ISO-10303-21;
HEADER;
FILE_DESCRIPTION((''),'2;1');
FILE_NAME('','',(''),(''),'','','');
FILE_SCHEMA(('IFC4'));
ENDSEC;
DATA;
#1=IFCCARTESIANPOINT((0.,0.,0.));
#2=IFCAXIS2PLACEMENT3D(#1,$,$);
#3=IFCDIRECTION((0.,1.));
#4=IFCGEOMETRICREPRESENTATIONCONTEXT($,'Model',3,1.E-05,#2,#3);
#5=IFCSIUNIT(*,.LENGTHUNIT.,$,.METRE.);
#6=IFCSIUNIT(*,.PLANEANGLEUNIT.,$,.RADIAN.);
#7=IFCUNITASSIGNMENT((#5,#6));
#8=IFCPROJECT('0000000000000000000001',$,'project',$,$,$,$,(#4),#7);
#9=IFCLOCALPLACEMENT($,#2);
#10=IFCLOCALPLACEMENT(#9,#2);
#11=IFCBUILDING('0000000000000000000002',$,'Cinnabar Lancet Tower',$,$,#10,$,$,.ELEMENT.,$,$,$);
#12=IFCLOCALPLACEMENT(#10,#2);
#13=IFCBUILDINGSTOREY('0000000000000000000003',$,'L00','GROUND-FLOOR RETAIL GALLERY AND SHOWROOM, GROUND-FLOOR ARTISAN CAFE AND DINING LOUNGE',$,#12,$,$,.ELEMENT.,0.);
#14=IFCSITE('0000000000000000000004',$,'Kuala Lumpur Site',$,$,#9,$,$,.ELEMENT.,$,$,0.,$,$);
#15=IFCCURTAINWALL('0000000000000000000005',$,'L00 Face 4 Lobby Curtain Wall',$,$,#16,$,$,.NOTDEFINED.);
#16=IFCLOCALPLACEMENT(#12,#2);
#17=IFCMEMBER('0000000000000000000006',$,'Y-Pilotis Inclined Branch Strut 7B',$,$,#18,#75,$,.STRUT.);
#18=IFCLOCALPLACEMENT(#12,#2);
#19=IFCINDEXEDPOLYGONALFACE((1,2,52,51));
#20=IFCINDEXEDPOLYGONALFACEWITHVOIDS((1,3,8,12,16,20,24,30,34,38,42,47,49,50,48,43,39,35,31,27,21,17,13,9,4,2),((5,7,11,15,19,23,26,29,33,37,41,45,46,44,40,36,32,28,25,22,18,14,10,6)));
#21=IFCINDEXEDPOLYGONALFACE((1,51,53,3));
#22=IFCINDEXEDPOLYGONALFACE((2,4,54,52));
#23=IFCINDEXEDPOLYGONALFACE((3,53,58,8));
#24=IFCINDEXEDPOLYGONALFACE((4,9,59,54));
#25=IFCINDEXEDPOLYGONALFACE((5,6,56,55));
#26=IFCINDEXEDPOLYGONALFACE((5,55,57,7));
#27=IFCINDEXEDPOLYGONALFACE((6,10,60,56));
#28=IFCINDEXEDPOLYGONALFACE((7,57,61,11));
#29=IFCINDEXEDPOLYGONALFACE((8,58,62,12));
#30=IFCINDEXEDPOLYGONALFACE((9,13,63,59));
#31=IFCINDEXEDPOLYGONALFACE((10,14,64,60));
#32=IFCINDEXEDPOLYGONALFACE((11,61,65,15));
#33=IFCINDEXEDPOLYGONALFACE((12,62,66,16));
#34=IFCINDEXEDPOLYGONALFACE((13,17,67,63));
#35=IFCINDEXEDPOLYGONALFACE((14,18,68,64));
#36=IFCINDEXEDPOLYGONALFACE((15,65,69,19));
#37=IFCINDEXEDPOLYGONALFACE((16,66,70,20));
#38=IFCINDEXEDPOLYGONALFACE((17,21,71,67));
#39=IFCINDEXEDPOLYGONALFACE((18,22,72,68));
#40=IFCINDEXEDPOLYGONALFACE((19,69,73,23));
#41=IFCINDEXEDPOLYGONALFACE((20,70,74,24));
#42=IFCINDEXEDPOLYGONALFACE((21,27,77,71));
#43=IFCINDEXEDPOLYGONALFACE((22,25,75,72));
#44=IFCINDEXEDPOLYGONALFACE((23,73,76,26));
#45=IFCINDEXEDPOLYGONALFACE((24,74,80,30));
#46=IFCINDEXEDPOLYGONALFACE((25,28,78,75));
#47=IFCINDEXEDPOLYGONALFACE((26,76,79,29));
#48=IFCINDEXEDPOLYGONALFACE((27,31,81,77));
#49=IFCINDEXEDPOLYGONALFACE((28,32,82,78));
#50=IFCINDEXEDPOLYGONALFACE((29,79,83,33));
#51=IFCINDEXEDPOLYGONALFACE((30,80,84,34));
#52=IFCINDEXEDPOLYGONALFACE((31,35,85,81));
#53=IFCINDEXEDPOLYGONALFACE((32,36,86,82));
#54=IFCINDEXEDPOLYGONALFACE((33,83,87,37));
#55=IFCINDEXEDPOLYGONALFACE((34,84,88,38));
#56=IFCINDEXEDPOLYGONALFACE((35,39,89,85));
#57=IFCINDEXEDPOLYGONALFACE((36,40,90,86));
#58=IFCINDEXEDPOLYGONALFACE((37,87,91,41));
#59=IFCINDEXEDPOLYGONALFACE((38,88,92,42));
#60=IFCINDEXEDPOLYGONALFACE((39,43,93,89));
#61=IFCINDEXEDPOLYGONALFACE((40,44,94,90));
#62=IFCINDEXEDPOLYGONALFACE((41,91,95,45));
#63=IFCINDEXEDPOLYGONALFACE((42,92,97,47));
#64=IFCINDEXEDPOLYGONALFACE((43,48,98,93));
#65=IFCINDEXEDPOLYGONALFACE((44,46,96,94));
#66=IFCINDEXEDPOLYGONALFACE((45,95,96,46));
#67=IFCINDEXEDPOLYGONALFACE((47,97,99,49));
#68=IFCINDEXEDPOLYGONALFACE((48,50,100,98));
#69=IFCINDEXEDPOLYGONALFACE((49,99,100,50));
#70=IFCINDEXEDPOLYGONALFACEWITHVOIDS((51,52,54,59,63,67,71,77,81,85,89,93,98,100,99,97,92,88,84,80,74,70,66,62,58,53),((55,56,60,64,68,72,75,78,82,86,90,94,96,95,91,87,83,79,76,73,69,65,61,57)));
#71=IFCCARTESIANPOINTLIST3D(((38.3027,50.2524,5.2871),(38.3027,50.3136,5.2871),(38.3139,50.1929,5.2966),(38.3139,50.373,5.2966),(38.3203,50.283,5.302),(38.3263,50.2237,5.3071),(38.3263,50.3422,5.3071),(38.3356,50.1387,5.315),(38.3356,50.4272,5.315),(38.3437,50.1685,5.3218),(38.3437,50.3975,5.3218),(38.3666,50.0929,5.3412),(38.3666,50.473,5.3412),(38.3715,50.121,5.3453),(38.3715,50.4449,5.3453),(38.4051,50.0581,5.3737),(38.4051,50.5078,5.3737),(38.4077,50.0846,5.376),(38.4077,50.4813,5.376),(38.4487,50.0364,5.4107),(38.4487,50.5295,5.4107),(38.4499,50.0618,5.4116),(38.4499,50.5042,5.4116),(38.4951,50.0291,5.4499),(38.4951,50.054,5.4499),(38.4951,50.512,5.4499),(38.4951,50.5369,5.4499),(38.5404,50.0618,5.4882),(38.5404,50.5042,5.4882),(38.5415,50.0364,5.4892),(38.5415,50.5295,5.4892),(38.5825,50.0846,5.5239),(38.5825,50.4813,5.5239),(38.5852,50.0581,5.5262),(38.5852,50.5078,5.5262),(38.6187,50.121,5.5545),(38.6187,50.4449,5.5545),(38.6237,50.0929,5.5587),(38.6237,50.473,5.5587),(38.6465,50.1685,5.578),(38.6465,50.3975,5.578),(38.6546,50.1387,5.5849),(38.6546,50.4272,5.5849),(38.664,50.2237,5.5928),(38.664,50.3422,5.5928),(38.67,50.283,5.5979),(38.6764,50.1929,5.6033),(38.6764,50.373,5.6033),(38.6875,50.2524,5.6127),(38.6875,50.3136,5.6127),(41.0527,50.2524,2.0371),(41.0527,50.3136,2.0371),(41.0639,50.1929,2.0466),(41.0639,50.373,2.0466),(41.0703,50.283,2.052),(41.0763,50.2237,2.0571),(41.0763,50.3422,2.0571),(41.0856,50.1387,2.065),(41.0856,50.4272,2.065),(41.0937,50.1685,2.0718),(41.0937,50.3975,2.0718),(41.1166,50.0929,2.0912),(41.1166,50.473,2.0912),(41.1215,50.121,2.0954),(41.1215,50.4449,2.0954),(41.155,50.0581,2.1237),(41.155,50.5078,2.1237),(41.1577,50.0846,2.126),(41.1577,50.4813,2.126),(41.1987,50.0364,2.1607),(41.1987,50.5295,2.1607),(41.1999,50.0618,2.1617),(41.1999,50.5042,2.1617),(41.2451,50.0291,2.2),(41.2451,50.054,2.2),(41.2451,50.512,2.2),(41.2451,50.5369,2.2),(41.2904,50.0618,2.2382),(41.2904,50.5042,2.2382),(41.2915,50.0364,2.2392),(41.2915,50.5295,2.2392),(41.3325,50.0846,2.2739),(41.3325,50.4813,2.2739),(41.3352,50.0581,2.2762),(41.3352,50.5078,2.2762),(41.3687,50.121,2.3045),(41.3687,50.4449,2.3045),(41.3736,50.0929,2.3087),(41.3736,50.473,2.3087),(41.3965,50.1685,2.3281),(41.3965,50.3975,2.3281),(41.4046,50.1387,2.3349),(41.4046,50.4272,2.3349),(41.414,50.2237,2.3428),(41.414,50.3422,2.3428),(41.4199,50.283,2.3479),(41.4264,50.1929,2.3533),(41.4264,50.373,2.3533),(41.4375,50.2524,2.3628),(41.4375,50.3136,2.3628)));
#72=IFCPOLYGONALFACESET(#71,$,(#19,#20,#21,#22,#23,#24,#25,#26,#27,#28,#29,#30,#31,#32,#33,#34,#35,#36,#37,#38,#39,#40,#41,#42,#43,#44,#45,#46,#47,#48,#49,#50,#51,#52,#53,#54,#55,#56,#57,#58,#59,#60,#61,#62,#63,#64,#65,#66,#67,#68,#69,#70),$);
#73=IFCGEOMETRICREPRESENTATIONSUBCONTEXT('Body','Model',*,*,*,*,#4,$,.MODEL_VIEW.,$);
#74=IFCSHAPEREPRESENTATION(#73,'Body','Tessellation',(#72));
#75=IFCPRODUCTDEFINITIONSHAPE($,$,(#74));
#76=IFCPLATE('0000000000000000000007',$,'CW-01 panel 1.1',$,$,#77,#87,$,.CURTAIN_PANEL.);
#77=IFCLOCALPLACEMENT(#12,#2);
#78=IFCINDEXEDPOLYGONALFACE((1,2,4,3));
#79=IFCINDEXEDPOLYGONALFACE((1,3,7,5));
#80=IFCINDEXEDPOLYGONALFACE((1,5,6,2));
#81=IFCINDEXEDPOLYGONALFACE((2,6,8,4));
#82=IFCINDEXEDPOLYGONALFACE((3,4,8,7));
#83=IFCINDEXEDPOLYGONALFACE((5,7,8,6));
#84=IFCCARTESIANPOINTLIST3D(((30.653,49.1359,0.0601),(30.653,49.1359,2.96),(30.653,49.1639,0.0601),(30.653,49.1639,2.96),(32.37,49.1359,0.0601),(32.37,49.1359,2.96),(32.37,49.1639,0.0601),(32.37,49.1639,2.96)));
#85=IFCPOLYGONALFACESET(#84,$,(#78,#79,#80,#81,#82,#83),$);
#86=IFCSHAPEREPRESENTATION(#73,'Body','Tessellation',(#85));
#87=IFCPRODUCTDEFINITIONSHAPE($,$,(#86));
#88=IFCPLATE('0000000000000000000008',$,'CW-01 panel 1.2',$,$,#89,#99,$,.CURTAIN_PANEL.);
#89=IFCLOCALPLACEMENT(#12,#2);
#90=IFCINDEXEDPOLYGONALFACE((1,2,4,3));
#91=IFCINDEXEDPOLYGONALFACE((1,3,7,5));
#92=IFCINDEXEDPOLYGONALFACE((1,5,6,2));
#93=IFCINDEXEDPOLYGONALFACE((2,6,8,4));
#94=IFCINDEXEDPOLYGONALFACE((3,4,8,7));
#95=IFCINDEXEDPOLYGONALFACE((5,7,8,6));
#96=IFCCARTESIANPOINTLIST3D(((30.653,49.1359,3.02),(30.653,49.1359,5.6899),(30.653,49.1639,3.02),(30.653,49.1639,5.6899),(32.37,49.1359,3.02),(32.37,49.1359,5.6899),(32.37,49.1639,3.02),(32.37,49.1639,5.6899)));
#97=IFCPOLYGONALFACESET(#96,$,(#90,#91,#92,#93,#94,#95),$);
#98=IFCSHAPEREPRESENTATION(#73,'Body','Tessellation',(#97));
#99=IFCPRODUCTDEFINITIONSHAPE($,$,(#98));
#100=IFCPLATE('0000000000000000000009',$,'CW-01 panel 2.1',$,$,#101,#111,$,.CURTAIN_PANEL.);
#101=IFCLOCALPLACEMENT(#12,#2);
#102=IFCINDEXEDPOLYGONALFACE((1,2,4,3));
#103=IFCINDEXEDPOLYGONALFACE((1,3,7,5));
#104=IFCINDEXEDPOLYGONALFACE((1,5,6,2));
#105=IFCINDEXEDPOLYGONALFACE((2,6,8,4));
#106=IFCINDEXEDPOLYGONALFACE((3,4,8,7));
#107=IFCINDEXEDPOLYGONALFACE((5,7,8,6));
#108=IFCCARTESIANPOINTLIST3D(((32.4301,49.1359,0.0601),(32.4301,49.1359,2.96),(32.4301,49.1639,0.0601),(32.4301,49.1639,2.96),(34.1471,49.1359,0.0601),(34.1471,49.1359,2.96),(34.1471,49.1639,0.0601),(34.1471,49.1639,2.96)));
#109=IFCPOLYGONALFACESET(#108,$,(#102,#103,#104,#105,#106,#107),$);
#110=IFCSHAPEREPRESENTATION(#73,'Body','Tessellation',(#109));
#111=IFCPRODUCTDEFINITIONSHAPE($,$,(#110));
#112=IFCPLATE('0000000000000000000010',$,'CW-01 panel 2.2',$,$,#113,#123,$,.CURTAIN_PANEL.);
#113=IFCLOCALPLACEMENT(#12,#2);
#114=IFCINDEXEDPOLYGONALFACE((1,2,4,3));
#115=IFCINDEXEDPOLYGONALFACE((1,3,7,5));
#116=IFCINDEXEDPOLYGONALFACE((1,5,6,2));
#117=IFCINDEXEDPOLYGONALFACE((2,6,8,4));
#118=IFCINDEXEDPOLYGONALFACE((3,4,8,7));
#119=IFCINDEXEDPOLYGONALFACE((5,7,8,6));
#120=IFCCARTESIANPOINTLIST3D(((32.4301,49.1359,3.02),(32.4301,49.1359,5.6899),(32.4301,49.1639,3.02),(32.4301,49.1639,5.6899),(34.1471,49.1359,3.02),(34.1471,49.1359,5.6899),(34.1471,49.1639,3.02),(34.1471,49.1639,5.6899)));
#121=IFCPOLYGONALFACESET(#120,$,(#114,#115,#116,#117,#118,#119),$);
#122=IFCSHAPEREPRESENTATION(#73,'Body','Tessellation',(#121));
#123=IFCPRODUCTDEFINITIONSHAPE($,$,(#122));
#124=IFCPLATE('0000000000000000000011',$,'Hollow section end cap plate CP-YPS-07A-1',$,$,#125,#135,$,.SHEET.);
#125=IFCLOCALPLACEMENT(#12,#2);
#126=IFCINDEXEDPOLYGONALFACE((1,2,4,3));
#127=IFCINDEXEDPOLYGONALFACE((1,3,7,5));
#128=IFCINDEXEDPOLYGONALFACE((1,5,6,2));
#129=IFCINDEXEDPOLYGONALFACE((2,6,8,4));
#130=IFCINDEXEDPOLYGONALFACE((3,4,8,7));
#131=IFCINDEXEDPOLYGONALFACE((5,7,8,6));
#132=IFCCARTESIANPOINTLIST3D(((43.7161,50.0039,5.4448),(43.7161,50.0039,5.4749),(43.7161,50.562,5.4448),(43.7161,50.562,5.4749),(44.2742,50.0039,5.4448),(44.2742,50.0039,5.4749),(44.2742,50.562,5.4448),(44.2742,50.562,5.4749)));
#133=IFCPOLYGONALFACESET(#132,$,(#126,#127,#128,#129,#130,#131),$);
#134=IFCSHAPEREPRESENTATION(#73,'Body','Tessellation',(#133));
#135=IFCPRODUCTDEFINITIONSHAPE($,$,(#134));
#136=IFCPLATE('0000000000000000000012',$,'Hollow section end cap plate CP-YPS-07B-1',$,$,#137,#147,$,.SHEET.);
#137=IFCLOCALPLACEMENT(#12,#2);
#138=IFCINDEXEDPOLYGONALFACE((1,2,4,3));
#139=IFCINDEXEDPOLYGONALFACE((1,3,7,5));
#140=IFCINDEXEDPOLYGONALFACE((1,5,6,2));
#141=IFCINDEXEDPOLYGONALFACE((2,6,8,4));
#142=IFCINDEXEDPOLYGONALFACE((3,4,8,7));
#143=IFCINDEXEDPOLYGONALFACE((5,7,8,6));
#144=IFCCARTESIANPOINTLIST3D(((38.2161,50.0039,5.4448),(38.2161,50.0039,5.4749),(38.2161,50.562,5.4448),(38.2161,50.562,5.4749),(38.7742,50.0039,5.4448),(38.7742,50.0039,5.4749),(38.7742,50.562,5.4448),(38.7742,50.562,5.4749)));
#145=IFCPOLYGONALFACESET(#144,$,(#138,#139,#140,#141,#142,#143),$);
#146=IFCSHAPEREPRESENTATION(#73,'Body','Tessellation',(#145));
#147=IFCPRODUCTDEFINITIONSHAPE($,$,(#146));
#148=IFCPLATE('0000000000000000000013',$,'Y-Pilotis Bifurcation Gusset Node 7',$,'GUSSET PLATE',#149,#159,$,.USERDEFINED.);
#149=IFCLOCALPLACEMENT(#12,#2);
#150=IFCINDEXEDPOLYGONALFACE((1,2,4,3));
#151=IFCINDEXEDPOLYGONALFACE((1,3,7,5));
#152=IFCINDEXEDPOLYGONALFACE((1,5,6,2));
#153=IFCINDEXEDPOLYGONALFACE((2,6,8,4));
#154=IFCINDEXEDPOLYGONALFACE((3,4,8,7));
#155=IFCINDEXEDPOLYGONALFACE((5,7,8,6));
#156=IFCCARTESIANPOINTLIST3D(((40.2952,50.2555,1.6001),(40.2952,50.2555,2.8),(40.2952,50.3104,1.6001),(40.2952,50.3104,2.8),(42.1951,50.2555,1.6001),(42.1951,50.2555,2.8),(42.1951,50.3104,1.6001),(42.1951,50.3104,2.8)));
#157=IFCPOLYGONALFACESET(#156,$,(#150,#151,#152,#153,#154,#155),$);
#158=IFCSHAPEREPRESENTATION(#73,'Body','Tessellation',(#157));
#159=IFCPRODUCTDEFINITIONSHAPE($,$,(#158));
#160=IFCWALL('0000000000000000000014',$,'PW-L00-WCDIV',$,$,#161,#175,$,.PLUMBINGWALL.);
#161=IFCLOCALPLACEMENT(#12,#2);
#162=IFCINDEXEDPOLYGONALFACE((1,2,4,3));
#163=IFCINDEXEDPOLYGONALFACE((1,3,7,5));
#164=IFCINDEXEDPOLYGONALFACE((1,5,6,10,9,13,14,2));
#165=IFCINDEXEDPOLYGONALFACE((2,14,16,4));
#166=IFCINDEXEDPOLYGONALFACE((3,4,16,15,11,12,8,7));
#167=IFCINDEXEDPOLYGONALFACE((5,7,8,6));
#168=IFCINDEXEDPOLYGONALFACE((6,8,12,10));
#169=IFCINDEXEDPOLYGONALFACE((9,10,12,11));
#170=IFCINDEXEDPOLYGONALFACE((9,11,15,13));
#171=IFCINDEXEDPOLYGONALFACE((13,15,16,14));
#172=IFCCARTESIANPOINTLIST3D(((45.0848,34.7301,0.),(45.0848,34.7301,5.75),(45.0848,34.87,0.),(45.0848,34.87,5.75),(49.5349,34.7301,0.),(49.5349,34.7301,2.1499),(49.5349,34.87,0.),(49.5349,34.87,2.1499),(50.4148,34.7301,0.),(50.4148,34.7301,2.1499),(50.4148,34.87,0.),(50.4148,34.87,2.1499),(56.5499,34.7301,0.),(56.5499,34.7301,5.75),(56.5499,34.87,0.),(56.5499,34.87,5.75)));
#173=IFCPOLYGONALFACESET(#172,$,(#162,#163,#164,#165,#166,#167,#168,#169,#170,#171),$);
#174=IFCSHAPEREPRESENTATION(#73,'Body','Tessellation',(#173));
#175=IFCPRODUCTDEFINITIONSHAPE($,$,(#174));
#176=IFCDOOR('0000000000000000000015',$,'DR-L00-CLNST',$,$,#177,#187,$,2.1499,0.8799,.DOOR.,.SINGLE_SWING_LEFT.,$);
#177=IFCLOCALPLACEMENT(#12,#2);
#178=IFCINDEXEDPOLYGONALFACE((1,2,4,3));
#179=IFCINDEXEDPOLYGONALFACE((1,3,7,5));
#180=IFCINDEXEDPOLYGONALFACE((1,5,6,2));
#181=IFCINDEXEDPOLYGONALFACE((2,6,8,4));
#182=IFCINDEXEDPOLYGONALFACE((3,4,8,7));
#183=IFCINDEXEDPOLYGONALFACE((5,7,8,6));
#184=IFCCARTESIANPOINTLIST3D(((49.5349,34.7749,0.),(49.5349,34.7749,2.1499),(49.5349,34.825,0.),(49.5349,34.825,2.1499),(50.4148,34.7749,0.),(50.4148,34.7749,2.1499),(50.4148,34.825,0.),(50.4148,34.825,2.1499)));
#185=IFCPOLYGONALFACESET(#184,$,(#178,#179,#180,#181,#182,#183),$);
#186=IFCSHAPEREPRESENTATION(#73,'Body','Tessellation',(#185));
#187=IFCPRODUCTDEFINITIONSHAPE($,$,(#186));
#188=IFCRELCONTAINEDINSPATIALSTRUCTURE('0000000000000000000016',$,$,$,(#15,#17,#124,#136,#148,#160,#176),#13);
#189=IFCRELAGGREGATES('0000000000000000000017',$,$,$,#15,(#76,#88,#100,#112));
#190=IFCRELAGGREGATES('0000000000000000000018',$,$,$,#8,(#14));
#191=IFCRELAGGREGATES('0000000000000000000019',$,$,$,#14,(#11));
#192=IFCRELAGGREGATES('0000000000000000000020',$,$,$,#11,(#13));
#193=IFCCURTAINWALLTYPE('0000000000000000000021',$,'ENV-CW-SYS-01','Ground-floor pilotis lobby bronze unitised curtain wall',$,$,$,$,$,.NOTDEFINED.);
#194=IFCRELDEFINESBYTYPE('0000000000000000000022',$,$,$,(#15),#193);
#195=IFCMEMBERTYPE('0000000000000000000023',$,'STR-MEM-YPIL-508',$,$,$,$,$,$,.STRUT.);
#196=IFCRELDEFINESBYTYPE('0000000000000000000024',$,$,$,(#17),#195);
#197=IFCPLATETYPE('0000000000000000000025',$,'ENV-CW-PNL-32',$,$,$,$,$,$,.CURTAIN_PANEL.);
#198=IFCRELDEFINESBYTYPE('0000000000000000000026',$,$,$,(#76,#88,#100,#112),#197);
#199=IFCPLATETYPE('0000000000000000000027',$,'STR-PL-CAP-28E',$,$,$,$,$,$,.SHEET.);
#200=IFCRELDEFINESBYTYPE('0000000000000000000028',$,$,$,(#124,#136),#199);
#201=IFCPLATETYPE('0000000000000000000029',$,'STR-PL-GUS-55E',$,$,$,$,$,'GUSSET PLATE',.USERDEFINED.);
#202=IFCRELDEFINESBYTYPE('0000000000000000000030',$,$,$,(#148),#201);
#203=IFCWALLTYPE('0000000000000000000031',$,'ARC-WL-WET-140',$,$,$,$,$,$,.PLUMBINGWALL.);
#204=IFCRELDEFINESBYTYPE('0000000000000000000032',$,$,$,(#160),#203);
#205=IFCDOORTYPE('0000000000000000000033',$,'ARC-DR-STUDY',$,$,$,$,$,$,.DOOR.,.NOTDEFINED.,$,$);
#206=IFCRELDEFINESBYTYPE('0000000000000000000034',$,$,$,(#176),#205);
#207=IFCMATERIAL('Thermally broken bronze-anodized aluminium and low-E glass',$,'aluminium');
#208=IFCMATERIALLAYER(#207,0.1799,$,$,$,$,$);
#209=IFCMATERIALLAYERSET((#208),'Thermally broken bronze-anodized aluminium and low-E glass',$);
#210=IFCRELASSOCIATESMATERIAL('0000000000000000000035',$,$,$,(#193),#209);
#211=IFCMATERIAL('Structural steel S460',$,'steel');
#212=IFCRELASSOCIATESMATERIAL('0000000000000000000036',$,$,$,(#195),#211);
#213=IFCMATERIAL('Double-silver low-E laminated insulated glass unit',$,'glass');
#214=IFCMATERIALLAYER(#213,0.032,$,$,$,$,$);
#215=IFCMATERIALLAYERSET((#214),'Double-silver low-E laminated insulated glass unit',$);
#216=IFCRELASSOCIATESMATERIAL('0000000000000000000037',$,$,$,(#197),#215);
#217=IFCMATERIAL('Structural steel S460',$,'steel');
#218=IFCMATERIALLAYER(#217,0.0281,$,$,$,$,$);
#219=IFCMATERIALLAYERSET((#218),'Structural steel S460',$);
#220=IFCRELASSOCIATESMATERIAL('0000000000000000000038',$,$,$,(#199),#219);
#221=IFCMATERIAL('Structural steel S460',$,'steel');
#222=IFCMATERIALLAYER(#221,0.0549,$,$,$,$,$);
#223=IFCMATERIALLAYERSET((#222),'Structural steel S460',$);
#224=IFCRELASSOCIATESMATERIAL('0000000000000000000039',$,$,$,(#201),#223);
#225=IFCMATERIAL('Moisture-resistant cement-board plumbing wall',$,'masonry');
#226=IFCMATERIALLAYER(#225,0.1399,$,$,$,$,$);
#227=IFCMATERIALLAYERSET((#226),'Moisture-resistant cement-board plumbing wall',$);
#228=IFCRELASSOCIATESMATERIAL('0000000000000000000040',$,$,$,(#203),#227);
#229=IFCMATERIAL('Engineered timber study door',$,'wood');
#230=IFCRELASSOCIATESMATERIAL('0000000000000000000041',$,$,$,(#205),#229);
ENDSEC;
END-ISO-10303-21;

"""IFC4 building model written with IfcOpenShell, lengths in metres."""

from ifc_helpers import new_model, si_unit, direction, frame, frame_2d, origin, origin_2d, place, context, subcontext, project, spatial, rectangle, hollow_circle, extrude, material, layer, layer_set, material_profile, profile_set, type_object, element, fill, aggregate, save


model = new_model("IFC4")

# Units and contexts
model_context = context("Model", 3, precision=1e-05, world=origin(), true_north=direction((0.0, 1.0)))
body_context = subcontext(model_context, "Body", "Model", "MODEL_VIEW")
ifc_project = project(units=[si_unit("LENGTHUNIT", "METRE"), si_unit("PLANEANGLEUNIT", "RADIAN")], contexts=[model_context])

# Site, building, storey
site_placement = place(None, origin())
site = spatial("IfcSite", under=ifc_project, at=site_placement, Name="Kuala Lumpur Site", CompositionType="ELEMENT", RefElevation=0.0)
building_placement = place(site_placement, origin())
building = spatial("IfcBuilding", under=site, at=building_placement, Name="Cinnabar Lancet Tower", CompositionType="ELEMENT")
storey_placement = place(building_placement, origin())
storey = spatial("IfcBuildingStorey", under=building, at=storey_placement, Name="L00", Description="GROUND-FLOOR RETAIL GALLERY AND SHOWROOM, GROUND-FLOOR ARTISAN CAFE AND DINING LOUNGE", CompositionType="ELEMENT", Elevation=0.0)

# Curtain wall
ifc_material_1 = material(Name="Thermally broken bronze-anodized aluminium and low-E glass", Category="aluminium")
ifc_layer_1 = layer(ifc_material_1, 0.1799)
ifc_layer_set_1 = layer_set([ifc_layer_1], Name="Thermally broken bronze-anodized aluminium and low-E glass")
curtain_wall_type = type_object("IfcCurtainWallType", Name="ENV-CW-SYS-01", Description="Ground-floor pilotis lobby bronze unitised curtain wall", PredefinedType="NOTDEFINED", material=ifc_layer_set_1)
curtain_wall_placement = place(storey_placement, origin())
curtain_wall = element("IfcCurtainWall", 1, at=curtain_wall_placement, inside=storey, type_object=curtain_wall_type, Name="L00 Face 4 Lobby Curtain Wall", PredefinedType="NOTDEFINED")

# Member
ifc_material_2 = material(Name="Structural steel S460", Category="steel")
ifc_material_profile_1 = material_profile(ifc_material_2, hollow_circle(Radius=0.2539, WallThickness=0.0249, at=origin_2d()), Name="CHS 508x25")
ifc_profile_set_1 = profile_set([ifc_material_profile_1], Name="Structural steel S460")
member_type_1 = type_object("IfcMemberType", Name="STR-MEM-YPIL-508", PredefinedType="STRUT", material=ifc_profile_set_1)
for number, where, z_axis, x_axis, name in (
    (2, (41.2451, 50.283, 2.2), (-0.645942, 0.0, 0.763386), (0.0, -1.0, 0.0), "Y-Pilotis Inclined Branch Strut 7B"),
):
    element("IfcMember", number, at=place(storey_placement, frame(where, z_axis=z_axis, x_axis=x_axis)), inside=storey, type_object=member_type_1, Name=name, PredefinedType="STRUT", context=body_context, shape_type="SweptSolid", body=[
        extrude(hollow_circle(Radius=0.2539, WallThickness=0.0249, at=origin_2d()), origin(), (0.0, 0.0, 1.0), 4.2573),
    ])

# Plates
ifc_material_3 = material(Name="Double-silver low-E laminated insulated glass unit", Category="glass")
ifc_layer_2 = layer(ifc_material_3, 0.032)
ifc_layer_set_2 = layer_set([ifc_layer_2], Name="Double-silver low-E laminated insulated glass unit")
plate_type_1 = type_object("IfcPlateType", Name="ENV-CW-PNL-32", PredefinedType="CURTAIN_PANEL", material=ifc_layer_set_2)
plate_1_placement = place(storey_placement, frame((31.5115, 49.1499, 0.0601), z_axis=(0.0, 0.0, 1.0), x_axis=(1.0, 0.0, 0.0)))
plate_1 = element("IfcPlate", 3, at=plate_1_placement, type_object=plate_type_1, Name="CW-01 panel 1.1", PredefinedType="CURTAIN_PANEL", context=body_context, shape_type="SweptSolid", body=[
    extrude(rectangle(XDim=1.717, YDim=0.0281, at=origin_2d()), origin(), (0.0, 0.0, 1.0), 2.8999),
])
plate_2_placement = place(storey_placement, frame((31.5115, 49.1499, 3.02), z_axis=(0.0, 0.0, 1.0), x_axis=(1.0, 0.0, 0.0)))
plate_2 = element("IfcPlate", 4, at=plate_2_placement, type_object=plate_type_1, Name="CW-01 panel 1.2", PredefinedType="CURTAIN_PANEL", context=body_context, shape_type="SweptSolid", body=[
    extrude(rectangle(XDim=1.717, YDim=0.0281, at=origin_2d()), origin(), (0.0, 0.0, 1.0), 2.6699),
])
plate_3_placement = place(storey_placement, frame((33.2886, 49.1499, 0.0601), z_axis=(0.0, 0.0, 1.0), x_axis=(1.0, 0.0, 0.0)))
plate_3 = element("IfcPlate", 5, at=plate_3_placement, type_object=plate_type_1, Name="CW-01 panel 2.1", PredefinedType="CURTAIN_PANEL", context=body_context, shape_type="SweptSolid", body=[
    extrude(rectangle(XDim=1.717, YDim=0.0281, at=origin_2d()), origin(), (0.0, 0.0, 1.0), 2.8999),
])
plate_4_placement = place(storey_placement, frame((33.2886, 49.1499, 3.02), z_axis=(0.0, 0.0, 1.0), x_axis=(1.0, 0.0, 0.0)))
plate_4 = element("IfcPlate", 6, at=plate_4_placement, type_object=plate_type_1, Name="CW-01 panel 2.2", PredefinedType="CURTAIN_PANEL", context=body_context, shape_type="SweptSolid", body=[
    extrude(rectangle(XDim=1.717, YDim=0.0281, at=origin_2d()), origin(), (0.0, 0.0, 1.0), 2.6699),
])
aggregate(curtain_wall, [plate_1, plate_2, plate_3, plate_4])

# Plates
ifc_material_4 = material(Name="Structural steel S460", Category="steel")
ifc_layer_3 = layer(ifc_material_4, 0.0281)
ifc_layer_set_3 = layer_set([ifc_layer_3], Name="Structural steel S460")
plate_type_2 = type_object("IfcPlateType", Name="STR-PL-CAP-28E", PredefinedType="SHEET", material=ifc_layer_set_3)
for number, where, z_axis, x_axis, name in (
    (7, (43.9951, 50.283, 5.4448), (0.0, 0.0, 1.0), (1.0, 0.0, 0.0), "Hollow section end cap plate CP-YPS-07A-1"),
    (8, (38.4951, 50.283, 5.4448), (0.0, 0.0, 1.0), (-1.0, 0.0, 0.0), "Hollow section end cap plate CP-YPS-07B-1"),
):
    element("IfcPlate", number, at=place(storey_placement, frame(where, z_axis=z_axis, x_axis=x_axis)), inside=storey, type_object=plate_type_2, Name=name, PredefinedType="SHEET", context=body_context, shape_type="SweptSolid", body=[
        extrude(rectangle(XDim=0.5581, YDim=0.5581, at=origin_2d()), origin(), (0.0, 0.0, 1.0), 0.03),
    ])
ifc_material_5 = material(Name="Structural steel S460", Category="steel")
ifc_layer_4 = layer(ifc_material_5, 0.0549)
ifc_layer_set_4 = layer_set([ifc_layer_4], Name="Structural steel S460")
plate_type_3 = type_object("IfcPlateType", Name="STR-PL-GUS-55E", ElementType="GUSSET PLATE", PredefinedType="USERDEFINED", material=ifc_layer_set_4)
plate_5_placement = place(storey_placement, frame((41.2451, 50.283, 1.6001), z_axis=(0.0, 0.0, 1.0), x_axis=(-1.0, 0.0, 0.0)))
element("IfcPlate", 9, at=plate_5_placement, inside=storey, type_object=plate_type_3, Name="Y-Pilotis Bifurcation Gusset Node 7", ObjectType="GUSSET PLATE", PredefinedType="USERDEFINED", context=body_context, shape_type="SweptSolid", body=[
    extrude(rectangle(XDim=1.8999, YDim=0.0549, at=origin_2d()), origin(), (0.0, 0.0, 1.0), 1.2),
])

# Wall, opening, door
ifc_material_6 = material(Name="Moisture-resistant cement-board plumbing wall", Category="masonry")
ifc_layer_5 = layer(ifc_material_6, 0.1399)
ifc_layer_set_5 = layer_set([ifc_layer_5], Name="Moisture-resistant cement-board plumbing wall")
wall_type_1 = type_object("IfcWallType", Name="ARC-WL-WET-140", PredefinedType="PLUMBINGWALL", material=ifc_layer_set_5)
wall_1_placement = place(storey_placement, frame((45.085, 34.8, 0.0), z_axis=(0.0, 0.0, 1.0), x_axis=(1.0, 0.0, 0.0)))
wall_1 = element("IfcWall", 10, at=wall_1_placement, inside=storey, type_object=wall_type_1, Name="PW-L00-WCDIV", PredefinedType="PLUMBINGWALL", context=body_context, shape_type="SweptSolid", body=[
    extrude(rectangle(XDim=11.4651, YDim=0.1399, at=frame_2d((5.7324, 0.0))), origin(), (0.0, 0.0, 1.0), 5.75),
])
opening_1_placement = place(wall_1_placement, frame((4.45, 0.0, 0.0)))
opening_1 = element("IfcOpeningElement", 11, at=opening_1_placement, cuts=wall_1, PredefinedType="OPENING", context=body_context, shape_type="SweptSolid", body=[
    extrude(rectangle(XDim=0.8799, YDim=2.1499, at=frame_2d((0.4399, 1.075))), frame((0.0, 0.0798, 0.0), z_axis=(0.0, -1.0, 0.0), x_axis=(1.0, 0.0, 0.0)), (0.0, 0.0, 1.0), 0.1599),
])
ifc_material_7 = material(Name="Engineered timber study door", Category="wood")
door_type_1 = type_object("IfcDoorType", Name="ARC-DR-STUDY", OperationType="NOTDEFINED", PredefinedType="DOOR", material=ifc_material_7)
door_1_placement = place(opening_1_placement, origin())
door_1 = element("IfcDoor", 12, at=door_1_placement, inside=storey, type_object=door_type_1, Name="DR-L00-CLNST", OperationType="SINGLE_SWING_LEFT", OverallHeight=2.1499, OverallWidth=0.8799, PredefinedType="DOOR", context=body_context, shape_type="SweptSolid", body=[
    extrude(rectangle(XDim=0.8799, YDim=2.1499, at=frame_2d((0.4399, 1.075))), frame((0.0, 0.0249, 0.0), z_axis=(0.0, -1.0, 0.0), x_axis=(1.0, 0.0, 0.0)), (0.0, 0.0, 1.0), 0.05),
])
fill(opening_1, door_1)

save(model, "model.ifc")
